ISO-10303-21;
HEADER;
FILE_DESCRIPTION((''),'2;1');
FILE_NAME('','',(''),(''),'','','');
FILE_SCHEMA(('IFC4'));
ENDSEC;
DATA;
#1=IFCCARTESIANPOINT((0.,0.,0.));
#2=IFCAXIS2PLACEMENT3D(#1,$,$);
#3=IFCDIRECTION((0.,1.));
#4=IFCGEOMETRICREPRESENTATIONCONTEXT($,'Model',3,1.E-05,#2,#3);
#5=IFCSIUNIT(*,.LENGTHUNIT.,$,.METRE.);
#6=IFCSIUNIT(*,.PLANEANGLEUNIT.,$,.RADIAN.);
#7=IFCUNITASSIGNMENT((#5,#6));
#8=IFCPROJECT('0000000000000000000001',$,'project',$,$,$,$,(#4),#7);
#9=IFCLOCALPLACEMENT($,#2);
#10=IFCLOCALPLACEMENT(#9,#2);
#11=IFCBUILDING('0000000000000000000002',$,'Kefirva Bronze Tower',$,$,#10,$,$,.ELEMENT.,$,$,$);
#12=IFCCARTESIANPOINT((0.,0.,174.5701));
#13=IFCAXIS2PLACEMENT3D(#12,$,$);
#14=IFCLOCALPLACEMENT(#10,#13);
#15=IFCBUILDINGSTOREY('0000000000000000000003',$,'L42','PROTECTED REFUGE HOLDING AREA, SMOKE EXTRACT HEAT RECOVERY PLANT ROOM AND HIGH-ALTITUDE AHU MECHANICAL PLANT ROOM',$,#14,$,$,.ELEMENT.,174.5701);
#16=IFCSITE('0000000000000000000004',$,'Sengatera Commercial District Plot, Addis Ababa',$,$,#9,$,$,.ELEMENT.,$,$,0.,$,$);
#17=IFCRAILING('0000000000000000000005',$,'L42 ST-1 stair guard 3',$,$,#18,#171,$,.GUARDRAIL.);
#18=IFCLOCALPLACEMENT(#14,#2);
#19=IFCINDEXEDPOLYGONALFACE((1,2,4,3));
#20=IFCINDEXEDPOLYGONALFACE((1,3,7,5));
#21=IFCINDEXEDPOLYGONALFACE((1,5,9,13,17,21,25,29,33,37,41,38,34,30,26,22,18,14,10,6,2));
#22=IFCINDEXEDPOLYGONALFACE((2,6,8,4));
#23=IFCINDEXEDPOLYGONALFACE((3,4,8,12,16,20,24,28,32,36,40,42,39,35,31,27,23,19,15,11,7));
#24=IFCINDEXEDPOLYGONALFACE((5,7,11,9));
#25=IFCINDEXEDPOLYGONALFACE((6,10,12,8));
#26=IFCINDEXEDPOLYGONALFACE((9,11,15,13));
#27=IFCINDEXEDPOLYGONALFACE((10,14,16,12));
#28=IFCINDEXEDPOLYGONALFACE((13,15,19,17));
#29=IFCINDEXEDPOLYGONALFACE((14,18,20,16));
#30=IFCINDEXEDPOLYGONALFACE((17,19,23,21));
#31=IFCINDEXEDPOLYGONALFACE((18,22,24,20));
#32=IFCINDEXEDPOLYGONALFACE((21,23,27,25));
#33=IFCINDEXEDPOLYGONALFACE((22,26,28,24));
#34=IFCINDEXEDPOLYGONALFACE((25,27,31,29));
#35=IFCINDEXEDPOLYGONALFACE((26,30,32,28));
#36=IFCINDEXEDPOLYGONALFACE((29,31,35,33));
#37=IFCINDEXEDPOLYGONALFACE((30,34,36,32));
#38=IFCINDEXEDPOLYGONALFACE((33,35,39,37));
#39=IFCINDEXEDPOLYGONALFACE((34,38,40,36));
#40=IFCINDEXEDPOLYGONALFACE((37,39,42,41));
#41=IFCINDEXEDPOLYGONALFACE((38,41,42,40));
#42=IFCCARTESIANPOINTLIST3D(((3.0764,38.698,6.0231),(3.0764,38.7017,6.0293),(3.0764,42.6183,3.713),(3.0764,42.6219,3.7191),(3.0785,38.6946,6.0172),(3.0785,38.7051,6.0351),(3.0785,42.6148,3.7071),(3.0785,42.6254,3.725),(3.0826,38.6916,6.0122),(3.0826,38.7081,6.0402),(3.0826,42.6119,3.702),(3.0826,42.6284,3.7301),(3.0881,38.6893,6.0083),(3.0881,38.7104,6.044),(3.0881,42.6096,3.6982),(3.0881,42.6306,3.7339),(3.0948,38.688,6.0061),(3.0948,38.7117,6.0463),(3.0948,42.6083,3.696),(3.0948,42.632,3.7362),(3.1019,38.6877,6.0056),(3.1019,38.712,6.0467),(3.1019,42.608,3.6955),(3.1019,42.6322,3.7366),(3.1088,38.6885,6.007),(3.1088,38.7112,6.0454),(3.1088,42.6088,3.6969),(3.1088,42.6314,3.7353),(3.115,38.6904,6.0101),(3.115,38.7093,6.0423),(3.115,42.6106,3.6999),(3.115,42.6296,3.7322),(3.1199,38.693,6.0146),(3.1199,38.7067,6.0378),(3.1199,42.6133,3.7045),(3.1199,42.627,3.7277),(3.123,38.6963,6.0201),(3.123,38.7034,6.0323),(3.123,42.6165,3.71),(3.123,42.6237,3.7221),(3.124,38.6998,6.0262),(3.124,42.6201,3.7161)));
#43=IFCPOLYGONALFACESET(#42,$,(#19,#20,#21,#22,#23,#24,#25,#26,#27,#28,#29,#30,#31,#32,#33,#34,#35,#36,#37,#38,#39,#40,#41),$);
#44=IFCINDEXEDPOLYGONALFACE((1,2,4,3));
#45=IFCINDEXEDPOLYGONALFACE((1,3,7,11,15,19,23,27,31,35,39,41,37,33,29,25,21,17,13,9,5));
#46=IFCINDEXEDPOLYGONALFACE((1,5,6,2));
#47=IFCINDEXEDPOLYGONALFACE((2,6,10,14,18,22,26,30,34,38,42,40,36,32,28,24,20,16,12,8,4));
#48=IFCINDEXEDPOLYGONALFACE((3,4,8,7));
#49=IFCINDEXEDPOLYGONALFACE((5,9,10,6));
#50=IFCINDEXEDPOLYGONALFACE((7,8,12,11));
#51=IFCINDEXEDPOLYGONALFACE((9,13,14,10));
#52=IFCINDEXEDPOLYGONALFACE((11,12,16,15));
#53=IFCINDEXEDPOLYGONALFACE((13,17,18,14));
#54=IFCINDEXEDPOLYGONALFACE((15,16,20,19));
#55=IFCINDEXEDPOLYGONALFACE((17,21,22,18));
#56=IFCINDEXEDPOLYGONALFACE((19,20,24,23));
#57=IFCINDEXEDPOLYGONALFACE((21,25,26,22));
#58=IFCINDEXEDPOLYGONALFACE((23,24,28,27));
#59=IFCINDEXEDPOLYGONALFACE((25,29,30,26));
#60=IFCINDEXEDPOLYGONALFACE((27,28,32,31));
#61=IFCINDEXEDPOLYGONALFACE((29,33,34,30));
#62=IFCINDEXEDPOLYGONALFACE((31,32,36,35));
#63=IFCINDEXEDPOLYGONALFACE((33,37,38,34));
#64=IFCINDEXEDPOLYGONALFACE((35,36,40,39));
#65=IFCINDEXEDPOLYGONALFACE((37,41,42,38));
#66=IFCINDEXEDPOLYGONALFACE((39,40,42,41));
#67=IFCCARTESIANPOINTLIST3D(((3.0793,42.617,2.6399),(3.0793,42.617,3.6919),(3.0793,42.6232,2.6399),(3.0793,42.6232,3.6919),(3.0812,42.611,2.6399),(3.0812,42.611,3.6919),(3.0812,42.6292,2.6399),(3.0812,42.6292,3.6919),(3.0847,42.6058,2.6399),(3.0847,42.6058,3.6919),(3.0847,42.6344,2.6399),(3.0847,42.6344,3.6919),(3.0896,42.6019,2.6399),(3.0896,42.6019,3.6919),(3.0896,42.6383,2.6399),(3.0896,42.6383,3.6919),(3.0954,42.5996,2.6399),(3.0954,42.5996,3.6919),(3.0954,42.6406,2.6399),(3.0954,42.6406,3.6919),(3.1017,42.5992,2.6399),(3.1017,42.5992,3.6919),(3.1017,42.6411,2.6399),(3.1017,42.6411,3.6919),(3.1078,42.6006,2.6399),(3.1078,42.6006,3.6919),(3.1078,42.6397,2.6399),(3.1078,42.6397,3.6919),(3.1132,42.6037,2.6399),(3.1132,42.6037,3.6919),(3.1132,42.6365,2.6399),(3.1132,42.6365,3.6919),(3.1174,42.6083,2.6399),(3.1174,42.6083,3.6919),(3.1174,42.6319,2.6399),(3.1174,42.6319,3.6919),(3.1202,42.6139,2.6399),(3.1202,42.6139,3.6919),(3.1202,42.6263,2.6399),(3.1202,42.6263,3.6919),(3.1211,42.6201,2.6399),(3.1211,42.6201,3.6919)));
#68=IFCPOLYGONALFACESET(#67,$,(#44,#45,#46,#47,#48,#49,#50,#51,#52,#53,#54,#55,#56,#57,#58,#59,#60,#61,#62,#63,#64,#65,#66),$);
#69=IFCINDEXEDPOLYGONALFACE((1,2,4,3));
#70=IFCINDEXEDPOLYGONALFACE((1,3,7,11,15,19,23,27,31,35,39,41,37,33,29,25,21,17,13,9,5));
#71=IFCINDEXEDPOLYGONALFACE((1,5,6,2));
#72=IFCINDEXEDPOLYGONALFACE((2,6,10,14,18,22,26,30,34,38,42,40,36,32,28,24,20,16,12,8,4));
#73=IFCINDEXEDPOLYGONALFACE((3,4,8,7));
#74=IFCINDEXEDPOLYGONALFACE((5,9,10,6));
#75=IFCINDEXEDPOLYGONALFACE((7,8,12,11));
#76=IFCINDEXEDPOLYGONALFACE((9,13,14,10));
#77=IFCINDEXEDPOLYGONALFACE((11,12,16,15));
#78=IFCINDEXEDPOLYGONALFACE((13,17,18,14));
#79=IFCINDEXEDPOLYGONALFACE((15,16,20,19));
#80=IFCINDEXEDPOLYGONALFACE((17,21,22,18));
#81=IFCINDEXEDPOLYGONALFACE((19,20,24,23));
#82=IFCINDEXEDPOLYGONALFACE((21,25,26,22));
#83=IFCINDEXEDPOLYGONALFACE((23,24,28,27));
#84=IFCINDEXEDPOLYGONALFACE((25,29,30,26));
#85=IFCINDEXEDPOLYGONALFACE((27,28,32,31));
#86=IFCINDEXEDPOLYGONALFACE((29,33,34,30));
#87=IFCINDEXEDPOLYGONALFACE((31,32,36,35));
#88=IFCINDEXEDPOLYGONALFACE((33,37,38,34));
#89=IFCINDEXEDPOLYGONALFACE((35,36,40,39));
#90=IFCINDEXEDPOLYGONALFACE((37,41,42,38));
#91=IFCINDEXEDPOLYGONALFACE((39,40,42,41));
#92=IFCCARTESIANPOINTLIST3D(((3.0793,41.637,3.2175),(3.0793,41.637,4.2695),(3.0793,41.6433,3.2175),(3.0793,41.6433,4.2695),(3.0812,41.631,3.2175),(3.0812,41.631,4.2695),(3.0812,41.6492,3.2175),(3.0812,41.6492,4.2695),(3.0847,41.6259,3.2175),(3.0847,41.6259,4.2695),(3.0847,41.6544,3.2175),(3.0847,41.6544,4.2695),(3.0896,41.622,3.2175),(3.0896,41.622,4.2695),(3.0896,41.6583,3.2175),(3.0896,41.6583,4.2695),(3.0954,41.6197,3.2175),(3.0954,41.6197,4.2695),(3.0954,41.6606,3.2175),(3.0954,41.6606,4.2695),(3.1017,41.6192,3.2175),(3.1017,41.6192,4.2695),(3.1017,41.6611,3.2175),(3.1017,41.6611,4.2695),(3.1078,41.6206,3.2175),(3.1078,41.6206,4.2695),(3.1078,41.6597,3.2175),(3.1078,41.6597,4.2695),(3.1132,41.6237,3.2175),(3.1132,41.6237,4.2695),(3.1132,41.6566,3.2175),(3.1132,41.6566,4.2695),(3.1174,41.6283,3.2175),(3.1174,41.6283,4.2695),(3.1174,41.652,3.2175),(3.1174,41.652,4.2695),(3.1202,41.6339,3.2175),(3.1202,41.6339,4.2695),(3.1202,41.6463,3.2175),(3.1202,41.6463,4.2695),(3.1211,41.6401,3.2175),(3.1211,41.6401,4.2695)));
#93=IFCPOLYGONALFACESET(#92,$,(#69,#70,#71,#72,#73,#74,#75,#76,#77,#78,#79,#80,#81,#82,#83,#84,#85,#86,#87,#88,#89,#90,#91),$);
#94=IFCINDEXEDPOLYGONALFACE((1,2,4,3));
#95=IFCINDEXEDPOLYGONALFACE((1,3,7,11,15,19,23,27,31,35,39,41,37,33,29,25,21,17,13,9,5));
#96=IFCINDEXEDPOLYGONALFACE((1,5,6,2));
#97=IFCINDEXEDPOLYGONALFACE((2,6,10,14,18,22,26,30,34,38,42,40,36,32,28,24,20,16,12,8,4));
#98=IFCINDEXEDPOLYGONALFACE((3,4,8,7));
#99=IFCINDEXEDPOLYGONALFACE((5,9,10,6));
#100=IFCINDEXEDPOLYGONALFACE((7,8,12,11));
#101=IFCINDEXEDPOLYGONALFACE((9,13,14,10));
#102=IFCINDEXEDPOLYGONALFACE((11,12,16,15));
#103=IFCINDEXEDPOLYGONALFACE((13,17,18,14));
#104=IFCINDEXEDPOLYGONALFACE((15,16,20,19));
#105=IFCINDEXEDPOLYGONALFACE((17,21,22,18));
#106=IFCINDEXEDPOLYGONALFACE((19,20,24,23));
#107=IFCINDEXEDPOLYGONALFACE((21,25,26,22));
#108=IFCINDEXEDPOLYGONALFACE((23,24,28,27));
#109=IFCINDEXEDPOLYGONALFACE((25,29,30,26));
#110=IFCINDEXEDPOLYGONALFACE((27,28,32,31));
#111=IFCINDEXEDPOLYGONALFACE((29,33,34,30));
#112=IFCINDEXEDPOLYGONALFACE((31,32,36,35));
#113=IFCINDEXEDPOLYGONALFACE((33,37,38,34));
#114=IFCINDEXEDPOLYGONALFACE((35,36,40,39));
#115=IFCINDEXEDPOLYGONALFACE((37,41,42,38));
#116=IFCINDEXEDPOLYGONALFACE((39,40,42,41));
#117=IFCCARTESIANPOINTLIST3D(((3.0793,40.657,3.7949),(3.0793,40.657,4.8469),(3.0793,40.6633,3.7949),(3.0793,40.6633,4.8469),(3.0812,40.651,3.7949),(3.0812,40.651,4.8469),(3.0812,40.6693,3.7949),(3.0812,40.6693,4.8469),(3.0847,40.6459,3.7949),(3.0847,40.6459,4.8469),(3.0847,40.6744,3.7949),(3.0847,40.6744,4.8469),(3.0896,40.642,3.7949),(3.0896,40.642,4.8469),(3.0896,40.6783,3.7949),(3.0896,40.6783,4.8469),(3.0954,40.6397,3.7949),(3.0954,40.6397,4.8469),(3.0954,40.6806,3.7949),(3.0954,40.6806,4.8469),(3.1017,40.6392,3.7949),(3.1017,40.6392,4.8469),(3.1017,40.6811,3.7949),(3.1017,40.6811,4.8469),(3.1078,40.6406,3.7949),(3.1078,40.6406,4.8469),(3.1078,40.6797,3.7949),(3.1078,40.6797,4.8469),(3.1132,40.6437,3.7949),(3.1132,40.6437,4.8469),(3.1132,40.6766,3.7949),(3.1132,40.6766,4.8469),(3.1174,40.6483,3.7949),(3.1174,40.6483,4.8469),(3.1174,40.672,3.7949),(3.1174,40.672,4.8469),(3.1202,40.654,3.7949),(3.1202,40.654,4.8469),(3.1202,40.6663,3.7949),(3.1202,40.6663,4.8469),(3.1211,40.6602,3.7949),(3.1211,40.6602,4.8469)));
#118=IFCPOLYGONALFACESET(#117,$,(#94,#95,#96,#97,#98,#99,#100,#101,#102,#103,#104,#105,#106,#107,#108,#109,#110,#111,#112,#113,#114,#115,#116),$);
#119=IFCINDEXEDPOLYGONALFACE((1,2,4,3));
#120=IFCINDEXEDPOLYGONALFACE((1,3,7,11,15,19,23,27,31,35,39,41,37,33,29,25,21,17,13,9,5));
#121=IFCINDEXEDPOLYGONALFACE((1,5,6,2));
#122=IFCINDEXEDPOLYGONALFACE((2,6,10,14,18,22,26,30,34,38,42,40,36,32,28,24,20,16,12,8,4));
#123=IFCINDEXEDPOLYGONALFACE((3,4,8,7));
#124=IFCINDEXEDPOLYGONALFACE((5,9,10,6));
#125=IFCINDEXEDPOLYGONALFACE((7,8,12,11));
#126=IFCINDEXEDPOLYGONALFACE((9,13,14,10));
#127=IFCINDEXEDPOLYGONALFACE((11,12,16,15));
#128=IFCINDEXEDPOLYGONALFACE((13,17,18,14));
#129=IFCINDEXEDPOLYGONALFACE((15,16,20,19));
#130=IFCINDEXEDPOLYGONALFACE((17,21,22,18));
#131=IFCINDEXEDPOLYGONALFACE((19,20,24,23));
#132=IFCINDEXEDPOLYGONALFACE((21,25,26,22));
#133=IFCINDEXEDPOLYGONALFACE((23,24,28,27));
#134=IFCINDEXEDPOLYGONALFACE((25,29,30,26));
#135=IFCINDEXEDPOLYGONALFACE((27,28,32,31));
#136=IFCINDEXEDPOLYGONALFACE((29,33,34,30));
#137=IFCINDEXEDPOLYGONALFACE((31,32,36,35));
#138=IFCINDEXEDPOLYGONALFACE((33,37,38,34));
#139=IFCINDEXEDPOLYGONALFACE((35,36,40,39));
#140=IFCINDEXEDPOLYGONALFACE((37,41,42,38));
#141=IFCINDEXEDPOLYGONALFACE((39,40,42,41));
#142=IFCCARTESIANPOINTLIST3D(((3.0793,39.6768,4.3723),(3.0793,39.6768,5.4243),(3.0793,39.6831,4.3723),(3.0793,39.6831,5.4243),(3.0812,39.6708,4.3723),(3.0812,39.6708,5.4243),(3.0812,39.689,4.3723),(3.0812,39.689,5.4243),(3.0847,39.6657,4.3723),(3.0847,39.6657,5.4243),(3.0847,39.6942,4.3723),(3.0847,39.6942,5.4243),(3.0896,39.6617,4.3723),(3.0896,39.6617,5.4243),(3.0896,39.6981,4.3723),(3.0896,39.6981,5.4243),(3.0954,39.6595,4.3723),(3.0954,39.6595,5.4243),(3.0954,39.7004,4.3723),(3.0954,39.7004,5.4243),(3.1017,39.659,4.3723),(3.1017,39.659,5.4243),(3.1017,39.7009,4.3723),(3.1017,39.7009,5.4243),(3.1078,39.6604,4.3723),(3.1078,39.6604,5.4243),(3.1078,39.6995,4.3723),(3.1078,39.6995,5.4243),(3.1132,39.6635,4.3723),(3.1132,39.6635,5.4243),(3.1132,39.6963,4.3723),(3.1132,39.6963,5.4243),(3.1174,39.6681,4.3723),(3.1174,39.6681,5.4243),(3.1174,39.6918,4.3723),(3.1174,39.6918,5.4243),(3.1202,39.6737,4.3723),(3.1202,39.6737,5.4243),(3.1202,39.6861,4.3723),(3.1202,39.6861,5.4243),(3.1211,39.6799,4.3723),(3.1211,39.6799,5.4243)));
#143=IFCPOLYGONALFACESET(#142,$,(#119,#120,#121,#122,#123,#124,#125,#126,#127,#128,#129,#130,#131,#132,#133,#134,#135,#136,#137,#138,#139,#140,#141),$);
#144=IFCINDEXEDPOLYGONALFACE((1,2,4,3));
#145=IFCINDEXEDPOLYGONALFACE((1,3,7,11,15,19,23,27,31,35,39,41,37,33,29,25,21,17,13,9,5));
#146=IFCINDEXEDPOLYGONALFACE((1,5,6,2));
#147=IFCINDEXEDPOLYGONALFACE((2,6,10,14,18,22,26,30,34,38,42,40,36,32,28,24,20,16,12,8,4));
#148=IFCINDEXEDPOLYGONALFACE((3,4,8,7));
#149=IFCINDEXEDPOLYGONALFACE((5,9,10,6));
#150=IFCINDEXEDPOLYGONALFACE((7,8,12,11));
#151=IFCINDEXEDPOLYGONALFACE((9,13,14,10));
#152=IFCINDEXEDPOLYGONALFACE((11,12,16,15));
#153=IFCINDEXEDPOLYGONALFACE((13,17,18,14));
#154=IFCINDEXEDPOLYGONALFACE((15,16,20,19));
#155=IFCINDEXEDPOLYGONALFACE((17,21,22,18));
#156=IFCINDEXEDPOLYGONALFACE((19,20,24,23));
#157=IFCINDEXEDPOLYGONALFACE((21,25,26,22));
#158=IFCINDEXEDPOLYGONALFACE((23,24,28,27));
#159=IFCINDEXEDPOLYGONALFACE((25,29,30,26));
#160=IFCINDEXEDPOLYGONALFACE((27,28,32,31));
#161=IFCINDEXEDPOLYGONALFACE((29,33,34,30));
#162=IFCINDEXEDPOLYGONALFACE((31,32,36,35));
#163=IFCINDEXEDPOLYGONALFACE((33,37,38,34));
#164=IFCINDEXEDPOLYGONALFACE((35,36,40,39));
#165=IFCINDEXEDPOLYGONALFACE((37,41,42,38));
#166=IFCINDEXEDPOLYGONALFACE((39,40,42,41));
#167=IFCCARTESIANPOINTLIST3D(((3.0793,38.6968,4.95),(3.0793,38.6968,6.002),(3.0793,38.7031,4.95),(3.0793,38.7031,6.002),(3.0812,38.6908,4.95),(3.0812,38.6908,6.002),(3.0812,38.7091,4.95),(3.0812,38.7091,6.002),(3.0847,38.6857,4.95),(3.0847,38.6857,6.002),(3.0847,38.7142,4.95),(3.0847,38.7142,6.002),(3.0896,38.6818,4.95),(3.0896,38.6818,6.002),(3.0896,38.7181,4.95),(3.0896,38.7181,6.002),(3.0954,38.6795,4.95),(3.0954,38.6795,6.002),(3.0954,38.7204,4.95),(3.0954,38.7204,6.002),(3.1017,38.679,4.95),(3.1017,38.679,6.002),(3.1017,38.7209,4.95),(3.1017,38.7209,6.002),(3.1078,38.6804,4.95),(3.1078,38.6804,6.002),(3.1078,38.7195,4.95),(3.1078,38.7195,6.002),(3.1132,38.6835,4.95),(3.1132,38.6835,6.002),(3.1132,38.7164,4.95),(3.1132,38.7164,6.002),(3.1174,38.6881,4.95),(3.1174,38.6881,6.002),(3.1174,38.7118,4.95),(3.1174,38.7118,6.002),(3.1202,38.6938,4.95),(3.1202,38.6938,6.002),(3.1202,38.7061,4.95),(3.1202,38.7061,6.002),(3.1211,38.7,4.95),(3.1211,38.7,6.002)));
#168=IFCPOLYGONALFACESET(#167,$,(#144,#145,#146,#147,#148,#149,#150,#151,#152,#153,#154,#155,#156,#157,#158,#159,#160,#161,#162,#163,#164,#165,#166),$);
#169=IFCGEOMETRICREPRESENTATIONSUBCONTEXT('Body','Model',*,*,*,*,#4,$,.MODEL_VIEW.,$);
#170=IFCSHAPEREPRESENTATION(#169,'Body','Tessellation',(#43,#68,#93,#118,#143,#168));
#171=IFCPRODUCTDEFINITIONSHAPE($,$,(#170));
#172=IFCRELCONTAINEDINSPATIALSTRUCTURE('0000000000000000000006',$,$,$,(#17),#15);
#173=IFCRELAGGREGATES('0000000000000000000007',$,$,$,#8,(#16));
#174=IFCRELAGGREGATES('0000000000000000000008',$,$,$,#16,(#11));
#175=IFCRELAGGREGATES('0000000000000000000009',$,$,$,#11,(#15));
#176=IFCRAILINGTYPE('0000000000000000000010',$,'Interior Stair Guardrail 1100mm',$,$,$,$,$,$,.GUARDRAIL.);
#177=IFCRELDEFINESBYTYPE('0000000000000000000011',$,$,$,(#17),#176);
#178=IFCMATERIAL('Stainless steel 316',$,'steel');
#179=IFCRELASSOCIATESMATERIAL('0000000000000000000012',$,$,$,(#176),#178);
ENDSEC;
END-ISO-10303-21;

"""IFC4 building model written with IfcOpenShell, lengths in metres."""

from ifc_helpers import new_model, si_unit, direction, frame, origin, origin_2d, place, context, subcontext, project, spatial, circle, extrude, material, type_object, element, save


model = new_model("IFC4")

# Units and contexts
model_context = context("Model", 3, precision=1e-05, world=origin(), true_north=direction((0.0, 1.0)))
body_context = subcontext(model_context, "Body", "Model", "MODEL_VIEW")
ifc_project = project(units=[si_unit("LENGTHUNIT", "METRE"), si_unit("PLANEANGLEUNIT", "RADIAN")], contexts=[model_context])

# Site, building, storey
site_placement = place(None, origin())
site = spatial("IfcSite", under=ifc_project, at=site_placement, Name="Sengatera Commercial District Plot, Addis Ababa", CompositionType="ELEMENT", RefElevation=0.0)
building_placement = place(site_placement, origin())
building = spatial("IfcBuilding", under=site, at=building_placement, Name="Kefirva Bronze Tower", CompositionType="ELEMENT")
storey_placement = place(building_placement, frame((0.0, 0.0, 174.5701)))
storey = spatial("IfcBuildingStorey", under=building, at=storey_placement, Name="L42", Description="PROTECTED REFUGE HOLDING AREA, SMOKE EXTRACT HEAT RECOVERY PLANT ROOM AND HIGH-ALTITUDE AHU MECHANICAL PLANT ROOM", CompositionType="ELEMENT", Elevation=174.5701)

# Railing
ifc_material_1 = material(Name="Stainless steel 316", Category="steel")
railing_type_1 = type_object("IfcRailingType", Name="Interior Stair Guardrail 1100mm", PredefinedType="GUARDRAIL", material=ifc_material_1)
railing_1_placement = place(storey_placement, frame((3.1001, 42.6201, 2.6399)))
element("IfcRailing", 1, at=railing_1_placement, inside=storey, type_object=railing_type_1, Name="L42 ST-1 stair guard 3", PredefinedType="GUARDRAIL", context=body_context, shape_type="SweptSolid", body=[
    extrude(circle(Radius=0.0239, at=origin_2d()), frame((0.0, 0.0, 1.0762), z_axis=(0.0, -0.861542, 0.507686), x_axis=(1.0, 0.0, 0.0)), (0.0, 0.0, 1.0), 4.5503),
    extrude(circle(Radius=0.021, at=origin_2d()), origin(), (0.0, 0.0, 1.0), 1.052),
    extrude(circle(Radius=0.021, at=origin_2d()), frame((0.0, -0.98, 0.5776)), (0.0, 0.0, 1.0), 1.052),
    extrude(circle(Radius=0.021, at=origin_2d()), frame((0.0, -1.96, 1.155)), (0.0, 0.0, 1.0), 1.052),
    extrude(circle(Radius=0.021, at=origin_2d()), frame((0.0, -2.9402, 1.7324)), (0.0, 0.0, 1.0), 1.052),
    extrude(circle(Radius=0.021, at=origin_2d()), frame((0.0, -3.9202, 2.3101)), (0.0, 0.0, 1.0), 1.052),
])

save(model, "model.ifc")
